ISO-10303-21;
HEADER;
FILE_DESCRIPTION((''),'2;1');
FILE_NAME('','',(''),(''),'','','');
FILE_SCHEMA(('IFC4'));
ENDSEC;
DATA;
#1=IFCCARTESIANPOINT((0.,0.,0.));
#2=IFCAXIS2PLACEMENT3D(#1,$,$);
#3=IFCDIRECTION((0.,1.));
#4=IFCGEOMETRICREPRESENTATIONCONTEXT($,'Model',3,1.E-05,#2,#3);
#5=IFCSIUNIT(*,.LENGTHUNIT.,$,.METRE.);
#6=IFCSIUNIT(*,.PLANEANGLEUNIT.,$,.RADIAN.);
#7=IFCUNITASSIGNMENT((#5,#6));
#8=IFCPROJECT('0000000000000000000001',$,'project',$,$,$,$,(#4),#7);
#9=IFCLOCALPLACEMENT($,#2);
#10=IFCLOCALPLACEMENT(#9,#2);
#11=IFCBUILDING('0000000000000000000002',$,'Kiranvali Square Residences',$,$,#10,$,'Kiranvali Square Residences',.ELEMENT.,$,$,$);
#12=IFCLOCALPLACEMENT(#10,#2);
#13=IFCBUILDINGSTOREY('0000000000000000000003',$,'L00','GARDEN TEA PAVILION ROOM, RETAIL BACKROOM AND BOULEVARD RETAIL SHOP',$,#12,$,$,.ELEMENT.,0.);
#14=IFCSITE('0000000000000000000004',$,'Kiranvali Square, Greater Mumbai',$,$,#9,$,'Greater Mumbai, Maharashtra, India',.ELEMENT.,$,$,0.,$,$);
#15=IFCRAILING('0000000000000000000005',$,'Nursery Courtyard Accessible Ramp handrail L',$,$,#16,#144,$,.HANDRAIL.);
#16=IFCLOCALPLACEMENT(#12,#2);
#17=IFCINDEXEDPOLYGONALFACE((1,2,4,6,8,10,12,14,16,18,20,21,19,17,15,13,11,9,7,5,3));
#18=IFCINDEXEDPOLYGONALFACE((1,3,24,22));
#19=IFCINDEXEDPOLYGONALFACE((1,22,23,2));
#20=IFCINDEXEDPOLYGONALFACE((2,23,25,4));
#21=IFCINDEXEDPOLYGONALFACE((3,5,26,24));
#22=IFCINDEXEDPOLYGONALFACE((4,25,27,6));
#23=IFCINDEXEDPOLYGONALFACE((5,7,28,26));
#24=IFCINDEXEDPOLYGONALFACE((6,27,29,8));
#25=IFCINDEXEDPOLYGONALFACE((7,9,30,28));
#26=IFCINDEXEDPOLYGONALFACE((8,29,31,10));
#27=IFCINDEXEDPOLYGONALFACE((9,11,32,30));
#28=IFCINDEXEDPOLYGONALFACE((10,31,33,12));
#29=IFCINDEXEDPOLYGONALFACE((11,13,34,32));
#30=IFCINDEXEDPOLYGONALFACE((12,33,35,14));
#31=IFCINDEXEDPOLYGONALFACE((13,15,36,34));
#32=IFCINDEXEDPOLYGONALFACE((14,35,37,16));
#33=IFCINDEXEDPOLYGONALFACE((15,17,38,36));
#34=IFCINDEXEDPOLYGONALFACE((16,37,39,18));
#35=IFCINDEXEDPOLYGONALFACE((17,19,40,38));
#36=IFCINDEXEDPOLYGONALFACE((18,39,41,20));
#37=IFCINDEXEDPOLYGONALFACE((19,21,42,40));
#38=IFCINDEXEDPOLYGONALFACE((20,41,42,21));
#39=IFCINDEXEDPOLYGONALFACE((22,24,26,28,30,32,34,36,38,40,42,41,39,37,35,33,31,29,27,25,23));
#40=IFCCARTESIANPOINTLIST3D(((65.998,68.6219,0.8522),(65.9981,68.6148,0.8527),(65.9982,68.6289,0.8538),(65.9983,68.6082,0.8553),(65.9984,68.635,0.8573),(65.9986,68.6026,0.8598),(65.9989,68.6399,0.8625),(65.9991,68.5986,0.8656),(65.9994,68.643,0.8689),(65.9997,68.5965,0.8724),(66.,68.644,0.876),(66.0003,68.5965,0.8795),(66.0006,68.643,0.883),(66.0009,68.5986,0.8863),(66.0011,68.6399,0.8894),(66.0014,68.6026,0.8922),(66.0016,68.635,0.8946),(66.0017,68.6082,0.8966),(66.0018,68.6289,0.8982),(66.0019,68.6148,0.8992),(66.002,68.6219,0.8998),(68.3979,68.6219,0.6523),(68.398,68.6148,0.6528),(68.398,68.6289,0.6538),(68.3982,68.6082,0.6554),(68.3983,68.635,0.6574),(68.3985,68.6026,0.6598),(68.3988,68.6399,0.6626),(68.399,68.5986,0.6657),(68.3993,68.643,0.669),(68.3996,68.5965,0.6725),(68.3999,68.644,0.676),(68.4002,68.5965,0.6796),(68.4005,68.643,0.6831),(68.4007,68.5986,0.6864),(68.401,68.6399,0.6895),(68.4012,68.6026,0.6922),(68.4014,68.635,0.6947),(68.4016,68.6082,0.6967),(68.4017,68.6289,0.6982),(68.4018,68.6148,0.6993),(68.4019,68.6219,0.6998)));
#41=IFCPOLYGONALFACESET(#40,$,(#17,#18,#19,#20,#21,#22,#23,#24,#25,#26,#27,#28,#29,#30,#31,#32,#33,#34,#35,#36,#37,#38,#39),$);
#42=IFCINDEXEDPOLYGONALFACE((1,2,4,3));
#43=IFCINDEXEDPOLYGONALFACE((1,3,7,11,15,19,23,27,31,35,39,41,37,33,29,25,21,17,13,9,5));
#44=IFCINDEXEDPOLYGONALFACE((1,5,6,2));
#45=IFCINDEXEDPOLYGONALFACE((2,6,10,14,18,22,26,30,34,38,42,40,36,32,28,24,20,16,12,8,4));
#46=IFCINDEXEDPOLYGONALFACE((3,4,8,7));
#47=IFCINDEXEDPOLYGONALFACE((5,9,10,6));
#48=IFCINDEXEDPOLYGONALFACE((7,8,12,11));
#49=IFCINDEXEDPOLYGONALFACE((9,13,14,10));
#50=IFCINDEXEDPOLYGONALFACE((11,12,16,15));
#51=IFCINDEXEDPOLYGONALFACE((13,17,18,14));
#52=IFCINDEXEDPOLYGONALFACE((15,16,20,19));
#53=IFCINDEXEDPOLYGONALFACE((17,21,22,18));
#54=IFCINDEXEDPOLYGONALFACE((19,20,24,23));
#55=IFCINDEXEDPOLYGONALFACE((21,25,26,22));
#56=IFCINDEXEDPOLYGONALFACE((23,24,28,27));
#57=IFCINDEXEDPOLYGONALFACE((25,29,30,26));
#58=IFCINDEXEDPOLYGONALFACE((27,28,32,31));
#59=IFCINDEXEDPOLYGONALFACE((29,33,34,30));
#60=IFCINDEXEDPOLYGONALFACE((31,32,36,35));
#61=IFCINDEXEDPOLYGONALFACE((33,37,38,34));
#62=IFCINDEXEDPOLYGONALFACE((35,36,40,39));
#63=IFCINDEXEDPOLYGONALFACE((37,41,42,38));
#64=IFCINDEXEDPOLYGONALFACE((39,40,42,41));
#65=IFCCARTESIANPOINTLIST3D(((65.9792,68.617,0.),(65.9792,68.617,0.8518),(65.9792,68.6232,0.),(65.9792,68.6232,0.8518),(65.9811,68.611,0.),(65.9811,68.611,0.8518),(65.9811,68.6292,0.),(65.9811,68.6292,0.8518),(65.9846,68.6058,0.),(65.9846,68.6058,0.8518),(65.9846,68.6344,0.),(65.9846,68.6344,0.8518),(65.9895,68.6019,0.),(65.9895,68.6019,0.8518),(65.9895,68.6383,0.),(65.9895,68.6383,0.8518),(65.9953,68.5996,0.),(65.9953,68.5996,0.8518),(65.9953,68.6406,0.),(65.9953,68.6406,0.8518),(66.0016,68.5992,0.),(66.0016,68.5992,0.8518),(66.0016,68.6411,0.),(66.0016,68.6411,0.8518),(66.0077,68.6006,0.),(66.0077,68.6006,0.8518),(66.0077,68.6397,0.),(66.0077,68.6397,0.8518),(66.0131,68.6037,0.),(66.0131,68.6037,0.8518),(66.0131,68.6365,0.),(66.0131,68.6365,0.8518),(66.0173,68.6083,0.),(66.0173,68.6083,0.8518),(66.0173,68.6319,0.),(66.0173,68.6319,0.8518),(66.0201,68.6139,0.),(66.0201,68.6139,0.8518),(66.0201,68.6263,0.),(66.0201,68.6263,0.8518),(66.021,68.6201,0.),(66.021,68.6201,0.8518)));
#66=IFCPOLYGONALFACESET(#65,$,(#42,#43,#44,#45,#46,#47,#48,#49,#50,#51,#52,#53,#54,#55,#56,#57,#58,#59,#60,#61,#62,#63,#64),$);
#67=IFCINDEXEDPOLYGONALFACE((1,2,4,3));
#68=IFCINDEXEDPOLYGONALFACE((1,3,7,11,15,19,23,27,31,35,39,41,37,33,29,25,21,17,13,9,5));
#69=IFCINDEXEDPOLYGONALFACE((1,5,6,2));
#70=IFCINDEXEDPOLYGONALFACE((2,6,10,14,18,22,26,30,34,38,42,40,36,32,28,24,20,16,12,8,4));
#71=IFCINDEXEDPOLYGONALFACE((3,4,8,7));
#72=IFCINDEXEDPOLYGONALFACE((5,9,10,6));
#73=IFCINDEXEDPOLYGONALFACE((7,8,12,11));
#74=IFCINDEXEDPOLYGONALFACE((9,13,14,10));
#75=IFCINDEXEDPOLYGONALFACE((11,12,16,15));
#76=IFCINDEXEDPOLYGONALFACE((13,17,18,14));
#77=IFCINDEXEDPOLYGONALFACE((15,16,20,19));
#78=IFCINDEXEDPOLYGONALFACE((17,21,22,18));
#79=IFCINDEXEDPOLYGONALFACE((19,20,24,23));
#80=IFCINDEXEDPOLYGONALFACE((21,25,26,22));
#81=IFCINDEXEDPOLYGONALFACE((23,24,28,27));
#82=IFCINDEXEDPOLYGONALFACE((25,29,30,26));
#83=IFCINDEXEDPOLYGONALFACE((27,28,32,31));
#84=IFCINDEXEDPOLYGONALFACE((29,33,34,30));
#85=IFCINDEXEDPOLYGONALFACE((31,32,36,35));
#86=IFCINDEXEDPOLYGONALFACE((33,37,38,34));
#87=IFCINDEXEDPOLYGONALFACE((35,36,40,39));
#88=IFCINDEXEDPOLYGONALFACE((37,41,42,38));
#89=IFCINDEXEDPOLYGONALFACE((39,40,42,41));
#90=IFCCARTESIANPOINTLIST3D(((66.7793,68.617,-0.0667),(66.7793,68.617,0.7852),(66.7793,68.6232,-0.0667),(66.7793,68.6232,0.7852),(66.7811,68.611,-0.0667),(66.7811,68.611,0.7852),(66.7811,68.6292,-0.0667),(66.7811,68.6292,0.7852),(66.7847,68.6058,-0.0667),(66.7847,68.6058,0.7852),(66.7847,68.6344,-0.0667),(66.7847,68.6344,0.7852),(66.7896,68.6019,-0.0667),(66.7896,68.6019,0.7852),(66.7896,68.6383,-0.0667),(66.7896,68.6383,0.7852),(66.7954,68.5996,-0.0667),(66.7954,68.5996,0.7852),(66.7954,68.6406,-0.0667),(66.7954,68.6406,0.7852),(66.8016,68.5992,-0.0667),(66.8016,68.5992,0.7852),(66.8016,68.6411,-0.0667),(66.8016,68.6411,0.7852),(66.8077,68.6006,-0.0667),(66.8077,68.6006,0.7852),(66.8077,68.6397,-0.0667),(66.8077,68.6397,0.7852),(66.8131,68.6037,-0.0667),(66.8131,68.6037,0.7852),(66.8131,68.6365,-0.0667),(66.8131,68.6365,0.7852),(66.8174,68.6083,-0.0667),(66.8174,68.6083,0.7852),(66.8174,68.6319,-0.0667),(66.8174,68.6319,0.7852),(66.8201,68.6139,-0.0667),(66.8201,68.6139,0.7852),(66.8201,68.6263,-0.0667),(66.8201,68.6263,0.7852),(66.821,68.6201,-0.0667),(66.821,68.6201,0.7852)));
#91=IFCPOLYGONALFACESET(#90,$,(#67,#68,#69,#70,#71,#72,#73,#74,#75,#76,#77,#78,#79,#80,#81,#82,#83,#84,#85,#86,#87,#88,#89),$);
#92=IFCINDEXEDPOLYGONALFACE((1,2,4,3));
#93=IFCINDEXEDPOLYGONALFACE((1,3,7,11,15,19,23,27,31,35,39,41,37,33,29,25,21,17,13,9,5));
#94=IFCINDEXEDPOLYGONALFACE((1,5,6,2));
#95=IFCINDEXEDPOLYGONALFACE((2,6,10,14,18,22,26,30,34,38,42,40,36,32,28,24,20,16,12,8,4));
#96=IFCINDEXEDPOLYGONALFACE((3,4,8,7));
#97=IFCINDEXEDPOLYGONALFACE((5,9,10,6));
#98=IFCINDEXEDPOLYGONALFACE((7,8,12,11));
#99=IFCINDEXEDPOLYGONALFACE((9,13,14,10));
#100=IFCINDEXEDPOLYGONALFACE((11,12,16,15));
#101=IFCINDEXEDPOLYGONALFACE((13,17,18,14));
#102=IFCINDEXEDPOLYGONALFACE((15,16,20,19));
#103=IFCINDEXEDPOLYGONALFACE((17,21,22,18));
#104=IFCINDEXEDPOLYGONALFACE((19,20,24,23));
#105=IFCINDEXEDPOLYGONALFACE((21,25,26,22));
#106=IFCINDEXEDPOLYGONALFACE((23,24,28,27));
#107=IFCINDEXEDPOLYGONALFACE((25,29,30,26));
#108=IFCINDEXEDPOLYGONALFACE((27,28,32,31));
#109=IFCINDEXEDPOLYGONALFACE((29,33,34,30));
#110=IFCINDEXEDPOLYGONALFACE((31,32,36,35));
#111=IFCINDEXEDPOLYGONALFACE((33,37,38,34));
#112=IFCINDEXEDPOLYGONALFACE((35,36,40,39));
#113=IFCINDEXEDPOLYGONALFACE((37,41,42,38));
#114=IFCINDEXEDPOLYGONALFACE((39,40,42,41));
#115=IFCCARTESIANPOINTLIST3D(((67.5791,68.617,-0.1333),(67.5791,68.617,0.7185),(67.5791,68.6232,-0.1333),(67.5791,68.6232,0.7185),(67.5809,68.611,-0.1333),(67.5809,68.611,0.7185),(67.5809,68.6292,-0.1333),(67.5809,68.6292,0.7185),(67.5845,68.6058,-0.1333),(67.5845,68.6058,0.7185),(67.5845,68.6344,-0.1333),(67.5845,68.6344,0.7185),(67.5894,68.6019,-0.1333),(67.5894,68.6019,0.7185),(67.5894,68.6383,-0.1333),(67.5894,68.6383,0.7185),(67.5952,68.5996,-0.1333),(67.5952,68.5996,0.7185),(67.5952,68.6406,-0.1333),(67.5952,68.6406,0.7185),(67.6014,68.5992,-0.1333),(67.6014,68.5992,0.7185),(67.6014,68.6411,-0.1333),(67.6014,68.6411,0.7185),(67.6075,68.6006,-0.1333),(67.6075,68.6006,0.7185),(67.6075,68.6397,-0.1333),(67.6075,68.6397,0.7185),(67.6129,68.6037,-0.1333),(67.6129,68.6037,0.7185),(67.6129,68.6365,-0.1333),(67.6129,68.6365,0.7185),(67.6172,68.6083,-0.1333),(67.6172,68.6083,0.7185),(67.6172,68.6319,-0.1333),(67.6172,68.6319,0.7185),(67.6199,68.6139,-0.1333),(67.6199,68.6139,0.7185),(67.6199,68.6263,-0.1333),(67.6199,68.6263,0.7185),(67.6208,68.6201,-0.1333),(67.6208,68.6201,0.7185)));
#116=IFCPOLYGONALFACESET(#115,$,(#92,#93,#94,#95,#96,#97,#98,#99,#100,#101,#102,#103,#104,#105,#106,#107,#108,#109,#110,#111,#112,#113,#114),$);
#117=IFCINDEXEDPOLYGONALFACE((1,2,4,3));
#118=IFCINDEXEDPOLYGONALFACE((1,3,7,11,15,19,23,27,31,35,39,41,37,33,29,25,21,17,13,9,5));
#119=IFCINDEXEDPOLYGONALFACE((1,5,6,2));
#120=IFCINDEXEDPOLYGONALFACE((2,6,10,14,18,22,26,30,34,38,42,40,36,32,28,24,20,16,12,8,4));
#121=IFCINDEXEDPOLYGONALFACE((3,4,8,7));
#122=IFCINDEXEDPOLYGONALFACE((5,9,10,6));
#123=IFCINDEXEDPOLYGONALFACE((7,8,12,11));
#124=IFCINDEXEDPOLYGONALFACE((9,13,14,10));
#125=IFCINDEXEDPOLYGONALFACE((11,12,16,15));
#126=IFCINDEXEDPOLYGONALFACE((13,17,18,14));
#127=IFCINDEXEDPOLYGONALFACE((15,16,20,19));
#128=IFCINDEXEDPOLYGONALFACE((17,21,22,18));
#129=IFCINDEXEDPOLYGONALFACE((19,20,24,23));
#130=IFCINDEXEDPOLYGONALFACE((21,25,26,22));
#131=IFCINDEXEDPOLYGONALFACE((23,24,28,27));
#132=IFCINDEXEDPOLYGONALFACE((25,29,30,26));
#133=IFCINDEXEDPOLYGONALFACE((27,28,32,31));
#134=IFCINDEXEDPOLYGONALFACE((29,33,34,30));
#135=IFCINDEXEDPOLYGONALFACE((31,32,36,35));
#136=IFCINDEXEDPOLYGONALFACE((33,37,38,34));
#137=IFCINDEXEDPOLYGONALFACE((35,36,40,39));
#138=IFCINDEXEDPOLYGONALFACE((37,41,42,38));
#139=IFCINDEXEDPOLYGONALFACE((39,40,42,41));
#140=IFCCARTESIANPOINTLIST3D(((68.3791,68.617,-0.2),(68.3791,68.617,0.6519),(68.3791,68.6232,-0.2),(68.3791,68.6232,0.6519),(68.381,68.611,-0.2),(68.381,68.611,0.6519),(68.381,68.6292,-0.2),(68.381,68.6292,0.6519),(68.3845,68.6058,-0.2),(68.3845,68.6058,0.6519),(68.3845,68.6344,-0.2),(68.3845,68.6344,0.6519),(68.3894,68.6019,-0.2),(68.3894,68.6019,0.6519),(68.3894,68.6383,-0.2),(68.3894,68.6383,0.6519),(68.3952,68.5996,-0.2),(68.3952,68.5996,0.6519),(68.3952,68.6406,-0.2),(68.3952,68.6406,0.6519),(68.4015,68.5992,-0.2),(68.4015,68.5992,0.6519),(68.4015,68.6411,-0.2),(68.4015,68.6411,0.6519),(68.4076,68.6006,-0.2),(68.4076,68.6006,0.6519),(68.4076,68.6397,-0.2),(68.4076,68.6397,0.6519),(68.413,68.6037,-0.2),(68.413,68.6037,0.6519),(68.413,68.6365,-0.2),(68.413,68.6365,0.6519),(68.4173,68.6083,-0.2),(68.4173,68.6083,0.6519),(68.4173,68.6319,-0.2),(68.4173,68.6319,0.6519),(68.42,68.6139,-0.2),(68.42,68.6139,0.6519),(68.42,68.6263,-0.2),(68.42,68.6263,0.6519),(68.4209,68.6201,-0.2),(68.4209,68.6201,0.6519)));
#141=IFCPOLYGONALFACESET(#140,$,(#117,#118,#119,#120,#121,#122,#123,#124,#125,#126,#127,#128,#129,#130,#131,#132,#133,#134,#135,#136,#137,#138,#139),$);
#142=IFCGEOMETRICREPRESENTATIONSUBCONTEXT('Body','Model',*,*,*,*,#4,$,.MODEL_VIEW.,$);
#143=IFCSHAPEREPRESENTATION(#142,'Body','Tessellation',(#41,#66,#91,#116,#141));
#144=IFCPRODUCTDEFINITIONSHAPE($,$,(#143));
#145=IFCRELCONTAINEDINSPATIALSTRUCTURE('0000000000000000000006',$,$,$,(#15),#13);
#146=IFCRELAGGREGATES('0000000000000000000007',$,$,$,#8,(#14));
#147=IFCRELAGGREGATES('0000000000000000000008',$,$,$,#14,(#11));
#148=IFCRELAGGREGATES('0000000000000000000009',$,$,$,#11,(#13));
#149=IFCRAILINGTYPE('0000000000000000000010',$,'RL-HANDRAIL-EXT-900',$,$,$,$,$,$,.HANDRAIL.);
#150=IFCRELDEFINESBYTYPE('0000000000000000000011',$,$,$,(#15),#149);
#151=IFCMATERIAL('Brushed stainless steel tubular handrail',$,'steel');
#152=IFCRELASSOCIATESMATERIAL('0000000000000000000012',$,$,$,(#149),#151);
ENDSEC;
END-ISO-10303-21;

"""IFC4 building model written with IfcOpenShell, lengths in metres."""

from ifc_helpers import new_model, si_unit, direction, frame, origin, origin_2d, place, context, subcontext, project, spatial, circle, extrude, material, type_object, element, save


model = new_model("IFC4")

# Units and contexts
model_context = context("Model", 3, precision=1e-05, world=origin(), true_north=direction((0.0, 1.0)))
body_context = subcontext(model_context, "Body", "Model", "MODEL_VIEW")
ifc_project = project(units=[si_unit("LENGTHUNIT", "METRE"), si_unit("PLANEANGLEUNIT", "RADIAN")], contexts=[model_context])

# Site, building, storey
site_placement = place(None, origin())
site = spatial("IfcSite", under=ifc_project, at=site_placement, Name="Kiranvali Square, Greater Mumbai", LongName="Greater Mumbai, Maharashtra, India", CompositionType="ELEMENT", RefElevation=0.0)
building_placement = place(site_placement, origin())
building = spatial("IfcBuilding", under=site, at=building_placement, Name="Kiranvali Square Residences", LongName="Kiranvali Square Residences", CompositionType="ELEMENT")
storey_placement = place(building_placement, origin())
storey = spatial("IfcBuildingStorey", under=building, at=storey_placement, Name="L00", Description="GARDEN TEA PAVILION ROOM, RETAIL BACKROOM AND BOULEVARD RETAIL SHOP", CompositionType="ELEMENT", Elevation=0.0)

# Railing
ifc_material_1 = material(Name="Brushed stainless steel tubular handrail", Category="steel")
railing_type = type_object("IfcRailingType", Name="RL-HANDRAIL-EXT-900", PredefinedType="HANDRAIL", material=ifc_material_1)
for number, where, name in (
    (1, (66.0, 68.6201, 0.0), "Nursery Courtyard Accessible Ramp handrail L"),
):
    element("IfcRailing", number, at=place(storey_placement, frame(where)), inside=storey, type_object=railing_type, Name=name, PredefinedType="HANDRAIL", context=body_context, shape_type="SweptSolid", body=[
        extrude(circle(Radius=0.0239, at=origin_2d()), frame((0.0, 0.0, 0.876), z_axis=(0.996547, 0.0, -0.083029), x_axis=(0.0, 1.0, 0.0)), (0.0, 0.0, 1.0), 2.4082),
        extrude(circle(Radius=0.021, at=origin_2d()), origin(), (0.0, 0.0, 1.0), 0.8518),
        extrude(circle(Radius=0.021, at=origin_2d()), frame((0.8, 0.0, -0.0667)), (0.0, 0.0, 1.0), 0.8518),
        extrude(circle(Radius=0.021, at=origin_2d()), frame((1.5999, 0.0, -0.1333)), (0.0, 0.0, 1.0), 0.8518),
        extrude(circle(Radius=0.021, at=origin_2d()), frame((2.3999, 0.0, -0.2)), (0.0, 0.0, 1.0), 0.8518),
    ])

save(model, "model.ifc")
